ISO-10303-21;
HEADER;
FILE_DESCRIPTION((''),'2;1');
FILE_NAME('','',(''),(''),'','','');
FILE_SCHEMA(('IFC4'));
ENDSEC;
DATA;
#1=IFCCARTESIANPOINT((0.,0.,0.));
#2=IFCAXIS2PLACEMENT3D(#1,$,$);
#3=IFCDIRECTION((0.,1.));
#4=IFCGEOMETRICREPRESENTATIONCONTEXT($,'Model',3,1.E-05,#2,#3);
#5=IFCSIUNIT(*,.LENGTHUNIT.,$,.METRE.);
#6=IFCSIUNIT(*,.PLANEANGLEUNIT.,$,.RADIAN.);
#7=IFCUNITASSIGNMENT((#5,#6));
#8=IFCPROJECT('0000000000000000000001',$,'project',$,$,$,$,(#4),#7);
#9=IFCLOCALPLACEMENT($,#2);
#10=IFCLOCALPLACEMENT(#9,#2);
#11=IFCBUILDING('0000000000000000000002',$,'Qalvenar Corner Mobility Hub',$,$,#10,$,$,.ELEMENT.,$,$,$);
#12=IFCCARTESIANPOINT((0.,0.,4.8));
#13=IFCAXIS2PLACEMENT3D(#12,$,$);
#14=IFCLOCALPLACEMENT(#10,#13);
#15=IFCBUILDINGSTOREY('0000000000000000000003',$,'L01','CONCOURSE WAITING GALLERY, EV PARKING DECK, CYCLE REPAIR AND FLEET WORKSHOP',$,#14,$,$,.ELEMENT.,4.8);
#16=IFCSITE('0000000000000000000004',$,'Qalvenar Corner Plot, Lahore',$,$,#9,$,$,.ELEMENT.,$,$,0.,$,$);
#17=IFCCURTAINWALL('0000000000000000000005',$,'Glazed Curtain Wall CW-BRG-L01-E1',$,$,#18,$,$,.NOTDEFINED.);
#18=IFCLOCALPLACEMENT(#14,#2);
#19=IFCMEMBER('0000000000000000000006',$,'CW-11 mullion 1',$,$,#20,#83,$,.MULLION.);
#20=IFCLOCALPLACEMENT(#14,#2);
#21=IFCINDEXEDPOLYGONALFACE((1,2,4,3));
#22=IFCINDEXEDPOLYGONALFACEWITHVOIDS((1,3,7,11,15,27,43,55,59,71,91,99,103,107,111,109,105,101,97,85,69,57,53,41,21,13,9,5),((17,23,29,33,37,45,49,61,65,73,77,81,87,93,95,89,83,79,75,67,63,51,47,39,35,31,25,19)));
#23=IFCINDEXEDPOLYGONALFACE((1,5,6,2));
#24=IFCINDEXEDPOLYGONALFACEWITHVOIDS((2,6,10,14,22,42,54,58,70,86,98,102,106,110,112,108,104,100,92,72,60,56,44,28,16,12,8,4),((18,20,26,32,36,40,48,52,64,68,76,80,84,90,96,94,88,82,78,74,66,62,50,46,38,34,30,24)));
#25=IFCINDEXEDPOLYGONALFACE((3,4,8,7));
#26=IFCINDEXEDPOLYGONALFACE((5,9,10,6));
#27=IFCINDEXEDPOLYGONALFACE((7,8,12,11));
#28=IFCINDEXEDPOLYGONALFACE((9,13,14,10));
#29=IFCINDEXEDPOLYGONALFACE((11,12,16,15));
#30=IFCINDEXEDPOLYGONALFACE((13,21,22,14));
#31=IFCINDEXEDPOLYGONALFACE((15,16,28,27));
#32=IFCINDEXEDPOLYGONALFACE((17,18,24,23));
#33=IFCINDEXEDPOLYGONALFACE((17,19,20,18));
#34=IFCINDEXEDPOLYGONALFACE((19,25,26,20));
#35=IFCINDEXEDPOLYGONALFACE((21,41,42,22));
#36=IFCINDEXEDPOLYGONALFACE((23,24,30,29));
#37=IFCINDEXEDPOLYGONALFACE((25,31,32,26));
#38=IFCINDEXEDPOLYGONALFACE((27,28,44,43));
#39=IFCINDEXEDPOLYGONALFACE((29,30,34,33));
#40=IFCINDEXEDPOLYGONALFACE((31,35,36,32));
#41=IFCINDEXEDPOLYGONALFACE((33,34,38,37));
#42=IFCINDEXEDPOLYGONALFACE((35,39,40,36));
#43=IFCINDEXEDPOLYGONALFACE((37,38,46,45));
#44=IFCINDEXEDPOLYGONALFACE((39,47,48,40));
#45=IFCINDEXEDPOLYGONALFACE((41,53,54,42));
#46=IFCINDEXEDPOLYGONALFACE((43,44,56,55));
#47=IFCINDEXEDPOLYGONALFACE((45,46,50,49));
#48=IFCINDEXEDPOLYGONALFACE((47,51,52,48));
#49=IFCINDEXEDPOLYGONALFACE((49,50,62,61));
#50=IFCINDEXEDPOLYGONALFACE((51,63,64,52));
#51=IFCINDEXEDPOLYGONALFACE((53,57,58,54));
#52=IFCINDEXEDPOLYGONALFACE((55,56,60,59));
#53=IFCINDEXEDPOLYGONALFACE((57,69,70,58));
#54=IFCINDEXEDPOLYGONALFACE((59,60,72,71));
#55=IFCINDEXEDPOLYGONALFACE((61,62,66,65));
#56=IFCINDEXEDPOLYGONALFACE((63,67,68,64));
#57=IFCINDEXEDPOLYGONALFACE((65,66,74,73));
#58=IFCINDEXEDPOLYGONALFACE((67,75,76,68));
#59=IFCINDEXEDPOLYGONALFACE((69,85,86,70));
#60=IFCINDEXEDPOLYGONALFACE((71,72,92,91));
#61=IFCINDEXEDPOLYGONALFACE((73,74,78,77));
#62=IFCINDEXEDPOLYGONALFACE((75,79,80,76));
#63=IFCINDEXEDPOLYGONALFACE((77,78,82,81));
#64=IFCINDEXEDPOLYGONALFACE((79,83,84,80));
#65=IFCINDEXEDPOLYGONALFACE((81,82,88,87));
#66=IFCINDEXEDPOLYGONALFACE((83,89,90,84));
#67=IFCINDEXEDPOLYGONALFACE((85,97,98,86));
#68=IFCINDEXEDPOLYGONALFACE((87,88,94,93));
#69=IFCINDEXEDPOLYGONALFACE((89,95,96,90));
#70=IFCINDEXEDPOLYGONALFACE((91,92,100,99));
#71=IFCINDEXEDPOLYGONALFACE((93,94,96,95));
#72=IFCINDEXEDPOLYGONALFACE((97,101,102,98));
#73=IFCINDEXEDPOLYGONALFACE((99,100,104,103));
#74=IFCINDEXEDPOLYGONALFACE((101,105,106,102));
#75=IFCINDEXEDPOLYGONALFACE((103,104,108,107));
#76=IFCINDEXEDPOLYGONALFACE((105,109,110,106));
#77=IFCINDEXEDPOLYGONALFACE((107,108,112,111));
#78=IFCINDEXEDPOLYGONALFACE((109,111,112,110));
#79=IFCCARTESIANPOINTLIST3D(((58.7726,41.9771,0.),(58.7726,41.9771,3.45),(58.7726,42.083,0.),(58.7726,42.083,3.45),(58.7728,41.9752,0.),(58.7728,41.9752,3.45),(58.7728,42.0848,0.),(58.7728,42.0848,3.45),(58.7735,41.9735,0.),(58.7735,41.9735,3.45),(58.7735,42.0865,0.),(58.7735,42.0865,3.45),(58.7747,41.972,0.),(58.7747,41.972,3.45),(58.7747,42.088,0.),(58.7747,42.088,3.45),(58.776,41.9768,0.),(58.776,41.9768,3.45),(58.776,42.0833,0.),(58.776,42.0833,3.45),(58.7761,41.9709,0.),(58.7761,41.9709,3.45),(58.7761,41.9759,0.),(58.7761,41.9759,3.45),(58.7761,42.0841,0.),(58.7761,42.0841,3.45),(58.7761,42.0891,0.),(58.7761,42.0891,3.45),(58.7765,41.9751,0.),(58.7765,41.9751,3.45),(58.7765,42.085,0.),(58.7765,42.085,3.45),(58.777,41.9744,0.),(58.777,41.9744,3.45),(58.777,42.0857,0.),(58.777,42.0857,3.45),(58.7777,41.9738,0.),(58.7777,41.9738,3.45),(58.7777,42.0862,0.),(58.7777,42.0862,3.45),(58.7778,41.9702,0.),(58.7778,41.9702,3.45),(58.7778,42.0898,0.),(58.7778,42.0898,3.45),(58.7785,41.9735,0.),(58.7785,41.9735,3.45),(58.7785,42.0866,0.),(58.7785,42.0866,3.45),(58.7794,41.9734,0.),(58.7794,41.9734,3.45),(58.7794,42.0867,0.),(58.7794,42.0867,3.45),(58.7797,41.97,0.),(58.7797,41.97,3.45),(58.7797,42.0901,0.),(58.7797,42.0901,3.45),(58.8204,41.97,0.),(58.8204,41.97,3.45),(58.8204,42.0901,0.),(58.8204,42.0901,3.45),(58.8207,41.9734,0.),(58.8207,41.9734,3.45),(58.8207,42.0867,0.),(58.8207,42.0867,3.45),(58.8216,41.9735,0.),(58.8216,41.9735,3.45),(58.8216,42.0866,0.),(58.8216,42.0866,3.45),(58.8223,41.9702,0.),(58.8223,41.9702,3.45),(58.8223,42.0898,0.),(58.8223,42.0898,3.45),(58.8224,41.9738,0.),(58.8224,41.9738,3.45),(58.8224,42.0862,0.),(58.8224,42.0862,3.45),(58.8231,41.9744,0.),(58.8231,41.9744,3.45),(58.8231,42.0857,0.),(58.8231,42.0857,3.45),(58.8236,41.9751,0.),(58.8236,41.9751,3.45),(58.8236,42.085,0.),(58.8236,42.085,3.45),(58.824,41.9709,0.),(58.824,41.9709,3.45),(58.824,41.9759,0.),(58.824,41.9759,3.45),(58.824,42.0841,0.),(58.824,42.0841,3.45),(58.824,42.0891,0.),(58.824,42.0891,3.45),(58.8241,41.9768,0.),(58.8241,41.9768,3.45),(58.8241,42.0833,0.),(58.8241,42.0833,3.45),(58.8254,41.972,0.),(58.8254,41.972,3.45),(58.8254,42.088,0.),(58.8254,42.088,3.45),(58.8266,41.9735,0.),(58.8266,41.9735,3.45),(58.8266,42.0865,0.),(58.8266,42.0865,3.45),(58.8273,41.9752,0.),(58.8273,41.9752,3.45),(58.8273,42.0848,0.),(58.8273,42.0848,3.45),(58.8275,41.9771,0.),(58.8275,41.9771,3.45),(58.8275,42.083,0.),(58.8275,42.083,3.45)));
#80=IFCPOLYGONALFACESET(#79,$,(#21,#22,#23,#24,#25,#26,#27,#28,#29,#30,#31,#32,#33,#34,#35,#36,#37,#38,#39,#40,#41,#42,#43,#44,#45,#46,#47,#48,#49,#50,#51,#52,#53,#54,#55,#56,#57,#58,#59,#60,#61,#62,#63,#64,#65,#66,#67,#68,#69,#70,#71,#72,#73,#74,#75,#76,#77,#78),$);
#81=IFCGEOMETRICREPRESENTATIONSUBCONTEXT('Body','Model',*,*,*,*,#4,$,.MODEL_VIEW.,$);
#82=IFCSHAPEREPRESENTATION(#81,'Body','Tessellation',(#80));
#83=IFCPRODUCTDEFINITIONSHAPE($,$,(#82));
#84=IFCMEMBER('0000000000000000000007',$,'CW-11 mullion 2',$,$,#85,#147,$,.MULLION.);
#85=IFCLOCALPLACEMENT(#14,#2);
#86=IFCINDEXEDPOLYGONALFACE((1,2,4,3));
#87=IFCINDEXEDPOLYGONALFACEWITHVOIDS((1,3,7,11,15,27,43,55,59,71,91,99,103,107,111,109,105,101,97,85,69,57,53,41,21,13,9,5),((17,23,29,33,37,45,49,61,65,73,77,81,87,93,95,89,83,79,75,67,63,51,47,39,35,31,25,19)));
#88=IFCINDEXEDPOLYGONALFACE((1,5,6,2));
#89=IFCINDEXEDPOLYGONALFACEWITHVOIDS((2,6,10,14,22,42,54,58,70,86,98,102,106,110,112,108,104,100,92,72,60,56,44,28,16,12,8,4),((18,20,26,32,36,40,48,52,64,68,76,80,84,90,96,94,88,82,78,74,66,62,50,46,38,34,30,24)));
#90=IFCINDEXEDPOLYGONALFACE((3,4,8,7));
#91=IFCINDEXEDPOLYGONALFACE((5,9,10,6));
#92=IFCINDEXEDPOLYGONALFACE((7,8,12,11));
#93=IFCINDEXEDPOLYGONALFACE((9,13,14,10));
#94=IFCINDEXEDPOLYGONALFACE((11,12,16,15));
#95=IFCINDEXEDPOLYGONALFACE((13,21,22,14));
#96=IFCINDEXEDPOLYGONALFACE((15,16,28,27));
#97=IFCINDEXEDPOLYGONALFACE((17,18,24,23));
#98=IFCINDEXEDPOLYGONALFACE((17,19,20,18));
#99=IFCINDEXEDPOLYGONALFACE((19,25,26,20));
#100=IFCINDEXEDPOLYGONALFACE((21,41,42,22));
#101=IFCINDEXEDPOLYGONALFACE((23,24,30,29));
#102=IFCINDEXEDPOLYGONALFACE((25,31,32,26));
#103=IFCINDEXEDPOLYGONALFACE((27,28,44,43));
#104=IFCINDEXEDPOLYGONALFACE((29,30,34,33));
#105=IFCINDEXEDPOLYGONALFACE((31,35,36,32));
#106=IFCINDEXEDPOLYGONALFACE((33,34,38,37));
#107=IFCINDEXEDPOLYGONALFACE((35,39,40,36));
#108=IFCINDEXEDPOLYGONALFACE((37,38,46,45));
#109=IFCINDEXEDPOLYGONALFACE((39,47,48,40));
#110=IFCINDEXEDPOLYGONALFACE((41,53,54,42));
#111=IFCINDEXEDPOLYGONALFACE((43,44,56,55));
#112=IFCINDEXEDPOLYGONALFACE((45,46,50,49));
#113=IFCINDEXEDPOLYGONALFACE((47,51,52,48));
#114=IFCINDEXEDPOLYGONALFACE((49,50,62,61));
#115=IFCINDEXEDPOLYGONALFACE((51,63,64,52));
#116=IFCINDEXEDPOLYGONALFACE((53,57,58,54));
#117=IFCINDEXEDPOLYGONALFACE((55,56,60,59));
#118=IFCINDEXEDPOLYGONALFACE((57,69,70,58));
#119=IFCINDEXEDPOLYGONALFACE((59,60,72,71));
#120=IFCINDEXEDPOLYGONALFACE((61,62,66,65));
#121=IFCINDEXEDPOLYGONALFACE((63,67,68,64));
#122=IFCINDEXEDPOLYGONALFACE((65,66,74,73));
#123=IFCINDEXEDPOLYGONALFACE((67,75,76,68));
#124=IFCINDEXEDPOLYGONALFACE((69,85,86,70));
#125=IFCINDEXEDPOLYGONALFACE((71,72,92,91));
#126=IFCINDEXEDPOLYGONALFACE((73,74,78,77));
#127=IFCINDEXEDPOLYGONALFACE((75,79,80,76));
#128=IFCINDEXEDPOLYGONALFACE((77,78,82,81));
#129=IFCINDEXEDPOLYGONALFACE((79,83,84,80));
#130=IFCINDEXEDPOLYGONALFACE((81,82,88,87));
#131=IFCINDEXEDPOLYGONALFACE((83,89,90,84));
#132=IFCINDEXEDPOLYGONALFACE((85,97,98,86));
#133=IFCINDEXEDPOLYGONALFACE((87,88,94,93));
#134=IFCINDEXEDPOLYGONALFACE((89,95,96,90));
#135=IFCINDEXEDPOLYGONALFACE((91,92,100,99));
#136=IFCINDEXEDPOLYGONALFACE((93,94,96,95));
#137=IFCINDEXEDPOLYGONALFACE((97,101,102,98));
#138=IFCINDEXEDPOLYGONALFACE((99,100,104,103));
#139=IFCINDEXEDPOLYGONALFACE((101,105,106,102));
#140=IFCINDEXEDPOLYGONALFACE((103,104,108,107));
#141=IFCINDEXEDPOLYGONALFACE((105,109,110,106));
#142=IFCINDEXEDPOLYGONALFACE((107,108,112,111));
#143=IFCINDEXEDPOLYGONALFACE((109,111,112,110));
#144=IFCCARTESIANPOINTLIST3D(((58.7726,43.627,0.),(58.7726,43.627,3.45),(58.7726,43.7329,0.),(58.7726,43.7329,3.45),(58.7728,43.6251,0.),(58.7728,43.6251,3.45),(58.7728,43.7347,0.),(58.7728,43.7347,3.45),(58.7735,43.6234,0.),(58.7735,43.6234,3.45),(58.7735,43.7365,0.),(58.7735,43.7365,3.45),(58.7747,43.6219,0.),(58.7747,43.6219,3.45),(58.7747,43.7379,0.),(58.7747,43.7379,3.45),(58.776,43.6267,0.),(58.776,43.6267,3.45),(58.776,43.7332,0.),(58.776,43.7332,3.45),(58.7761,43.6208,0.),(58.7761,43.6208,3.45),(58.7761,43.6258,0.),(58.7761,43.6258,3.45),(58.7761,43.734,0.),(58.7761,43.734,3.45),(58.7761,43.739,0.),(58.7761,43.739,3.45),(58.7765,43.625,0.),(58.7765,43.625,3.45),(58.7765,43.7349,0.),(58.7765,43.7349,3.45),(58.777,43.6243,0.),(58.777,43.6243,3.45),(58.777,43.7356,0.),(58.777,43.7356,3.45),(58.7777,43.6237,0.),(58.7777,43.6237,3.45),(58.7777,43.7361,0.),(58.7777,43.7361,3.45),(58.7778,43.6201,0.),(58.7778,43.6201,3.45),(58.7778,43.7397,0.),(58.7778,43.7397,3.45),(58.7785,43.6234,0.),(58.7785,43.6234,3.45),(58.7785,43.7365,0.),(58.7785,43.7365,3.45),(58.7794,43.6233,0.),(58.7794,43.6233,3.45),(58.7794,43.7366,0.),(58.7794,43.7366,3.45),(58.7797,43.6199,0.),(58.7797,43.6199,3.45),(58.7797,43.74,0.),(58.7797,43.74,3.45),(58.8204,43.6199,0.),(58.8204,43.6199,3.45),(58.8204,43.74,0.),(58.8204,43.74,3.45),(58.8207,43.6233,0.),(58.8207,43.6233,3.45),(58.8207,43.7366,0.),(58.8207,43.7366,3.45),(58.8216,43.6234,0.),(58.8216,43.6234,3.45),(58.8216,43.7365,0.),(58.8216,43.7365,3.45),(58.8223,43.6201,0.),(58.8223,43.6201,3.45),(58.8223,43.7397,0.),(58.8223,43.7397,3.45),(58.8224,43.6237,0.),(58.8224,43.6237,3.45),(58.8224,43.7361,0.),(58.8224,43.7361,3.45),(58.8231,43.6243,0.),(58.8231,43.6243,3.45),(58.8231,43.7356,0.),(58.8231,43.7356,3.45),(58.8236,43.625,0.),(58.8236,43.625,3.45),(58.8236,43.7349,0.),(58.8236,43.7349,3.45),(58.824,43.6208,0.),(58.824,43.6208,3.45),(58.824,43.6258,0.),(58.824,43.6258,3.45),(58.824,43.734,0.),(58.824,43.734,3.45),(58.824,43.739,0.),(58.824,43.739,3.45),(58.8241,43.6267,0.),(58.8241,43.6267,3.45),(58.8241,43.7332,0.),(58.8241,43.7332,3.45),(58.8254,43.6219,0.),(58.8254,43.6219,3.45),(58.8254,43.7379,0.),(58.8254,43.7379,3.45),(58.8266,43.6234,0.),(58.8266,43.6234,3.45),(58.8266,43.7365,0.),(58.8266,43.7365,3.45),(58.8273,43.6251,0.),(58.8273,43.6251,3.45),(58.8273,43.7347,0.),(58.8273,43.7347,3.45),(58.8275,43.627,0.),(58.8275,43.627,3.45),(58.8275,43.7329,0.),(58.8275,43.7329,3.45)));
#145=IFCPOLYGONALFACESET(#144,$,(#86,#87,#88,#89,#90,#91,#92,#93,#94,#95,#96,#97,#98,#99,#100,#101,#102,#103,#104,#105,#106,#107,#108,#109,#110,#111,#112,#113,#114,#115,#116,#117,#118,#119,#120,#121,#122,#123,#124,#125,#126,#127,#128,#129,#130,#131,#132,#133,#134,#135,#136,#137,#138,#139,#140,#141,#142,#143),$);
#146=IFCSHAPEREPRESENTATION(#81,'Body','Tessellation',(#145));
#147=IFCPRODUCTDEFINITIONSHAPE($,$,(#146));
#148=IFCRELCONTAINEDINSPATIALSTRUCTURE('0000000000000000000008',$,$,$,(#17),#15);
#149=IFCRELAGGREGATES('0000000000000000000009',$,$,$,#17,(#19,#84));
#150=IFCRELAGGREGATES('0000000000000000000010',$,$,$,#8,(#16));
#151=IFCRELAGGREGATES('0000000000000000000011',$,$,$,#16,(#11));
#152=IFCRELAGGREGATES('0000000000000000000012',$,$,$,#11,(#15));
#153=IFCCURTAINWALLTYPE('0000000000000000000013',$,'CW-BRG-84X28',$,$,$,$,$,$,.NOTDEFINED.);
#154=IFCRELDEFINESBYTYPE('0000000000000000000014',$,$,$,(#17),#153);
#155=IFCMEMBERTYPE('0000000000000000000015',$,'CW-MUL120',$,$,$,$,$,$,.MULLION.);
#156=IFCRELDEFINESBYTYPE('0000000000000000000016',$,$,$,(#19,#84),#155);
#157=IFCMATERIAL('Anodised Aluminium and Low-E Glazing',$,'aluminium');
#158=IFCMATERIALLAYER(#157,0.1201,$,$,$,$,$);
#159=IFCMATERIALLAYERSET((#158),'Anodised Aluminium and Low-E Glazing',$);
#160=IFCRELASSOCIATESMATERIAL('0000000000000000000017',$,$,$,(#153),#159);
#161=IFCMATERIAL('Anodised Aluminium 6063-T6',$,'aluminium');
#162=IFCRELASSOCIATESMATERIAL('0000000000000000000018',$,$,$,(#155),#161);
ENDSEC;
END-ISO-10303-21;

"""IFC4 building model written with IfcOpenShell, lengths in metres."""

from ifc_helpers import new_model, si_unit, direction, frame, origin, origin_2d, place, context, subcontext, project, spatial, hollow_rectangle, extrude, material, layer, layer_set, material_profile, profile_set, type_object, element, aggregate, save


model = new_model("IFC4")

# Units and contexts
model_context = context("Model", 3, precision=1e-05, world=origin(), true_north=direction((0.0, 1.0)))
body_context = subcontext(model_context, "Body", "Model", "MODEL_VIEW")
ifc_project = project(units=[si_unit("LENGTHUNIT", "METRE"), si_unit("PLANEANGLEUNIT", "RADIAN")], contexts=[model_context])

# Site, building, storey
site_placement = place(None, origin())
site = spatial("IfcSite", under=ifc_project, at=site_placement, Name="Qalvenar Corner Plot, Lahore", CompositionType="ELEMENT", RefElevation=0.0)
building_placement = place(site_placement, origin())
building = spatial("IfcBuilding", under=site, at=building_placement, Name="Qalvenar Corner Mobility Hub", CompositionType="ELEMENT")
storey_placement = place(building_placement, frame((0.0, 0.0, 4.8)))
storey = spatial("IfcBuildingStorey", under=building, at=storey_placement, Name="L01", Description="CONCOURSE WAITING GALLERY, EV PARKING DECK, CYCLE REPAIR AND FLEET WORKSHOP", CompositionType="ELEMENT", Elevation=4.8)

# Shared definitions
ifc_material_1 = material(Name="Anodised Aluminium and Low-E Glazing", Category="aluminium")
ifc_layer_1 = layer(ifc_material_1, 0.1201)
ifc_layer_set_1 = layer_set([ifc_layer_1], Name="Anodised Aluminium and Low-E Glazing")
curtain_wall_type = type_object("IfcCurtainWallType", Name="CW-BRG-84X28", PredefinedType="NOTDEFINED", material=ifc_layer_set_1)
ifc_material_2 = material(Name="Anodised Aluminium 6063-T6", Category="aluminium")
ifc_material_profile_1 = material_profile(ifc_material_2, hollow_rectangle(XDim=0.0549, YDim=0.1201, WallThickness=0.0034, InnerFilletRadius=0.0034, OuterFilletRadius=0.0071, at=origin_2d()), Name="RHS120x55x3.5")
ifc_profile_set_1 = profile_set([ifc_material_profile_1], Name="Anodised Aluminium 6063-T6")
member_type_1 = type_object("IfcMemberType", Name="CW-MUL120", PredefinedType="MULLION", material=ifc_profile_set_1)

# Curtain wall, members
curtain_wall_1_placement = place(storey_placement, origin())
curtain_wall_1 = element("IfcCurtainWall", 1, at=curtain_wall_1_placement, inside=storey, type_object=curtain_wall_type, Name="Glazed Curtain Wall CW-BRG-L01-E1", PredefinedType="NOTDEFINED")
member_1_placement = place(storey_placement, frame((58.8, 42.03, 0.0), z_axis=(0.0, 0.0, 1.0), x_axis=(-1.0, 0.0, 0.0)))
member_1 = element("IfcMember", 2, at=member_1_placement, type_object=member_type_1, Name="CW-11 mullion 1", PredefinedType="MULLION", context=body_context, shape_type="SweptSolid", body=[
    extrude(hollow_rectangle(XDim=0.0549, YDim=0.1201, WallThickness=0.0034, InnerFilletRadius=0.0034, OuterFilletRadius=0.0071, at=origin_2d()), origin(), (0.0, 0.0, 1.0), 3.45),
])
member_2_placement = place(storey_placement, frame((58.8, 43.6799, 0.0), z_axis=(0.0, 0.0, 1.0), x_axis=(-1.0, 0.0, 0.0)))
member_2 = element("IfcMember", 3, at=member_2_placement, type_object=member_type_1, Name="CW-11 mullion 2", PredefinedType="MULLION", context=body_context, shape_type="SweptSolid", body=[
    extrude(hollow_rectangle(XDim=0.0549, YDim=0.1201, WallThickness=0.0034, InnerFilletRadius=0.0034, OuterFilletRadius=0.0071, at=origin_2d()), origin(), (0.0, 0.0, 1.0), 3.45),
])

aggregate(curtain_wall_1, [member_1, member_2])

save(model, "model.ifc")
